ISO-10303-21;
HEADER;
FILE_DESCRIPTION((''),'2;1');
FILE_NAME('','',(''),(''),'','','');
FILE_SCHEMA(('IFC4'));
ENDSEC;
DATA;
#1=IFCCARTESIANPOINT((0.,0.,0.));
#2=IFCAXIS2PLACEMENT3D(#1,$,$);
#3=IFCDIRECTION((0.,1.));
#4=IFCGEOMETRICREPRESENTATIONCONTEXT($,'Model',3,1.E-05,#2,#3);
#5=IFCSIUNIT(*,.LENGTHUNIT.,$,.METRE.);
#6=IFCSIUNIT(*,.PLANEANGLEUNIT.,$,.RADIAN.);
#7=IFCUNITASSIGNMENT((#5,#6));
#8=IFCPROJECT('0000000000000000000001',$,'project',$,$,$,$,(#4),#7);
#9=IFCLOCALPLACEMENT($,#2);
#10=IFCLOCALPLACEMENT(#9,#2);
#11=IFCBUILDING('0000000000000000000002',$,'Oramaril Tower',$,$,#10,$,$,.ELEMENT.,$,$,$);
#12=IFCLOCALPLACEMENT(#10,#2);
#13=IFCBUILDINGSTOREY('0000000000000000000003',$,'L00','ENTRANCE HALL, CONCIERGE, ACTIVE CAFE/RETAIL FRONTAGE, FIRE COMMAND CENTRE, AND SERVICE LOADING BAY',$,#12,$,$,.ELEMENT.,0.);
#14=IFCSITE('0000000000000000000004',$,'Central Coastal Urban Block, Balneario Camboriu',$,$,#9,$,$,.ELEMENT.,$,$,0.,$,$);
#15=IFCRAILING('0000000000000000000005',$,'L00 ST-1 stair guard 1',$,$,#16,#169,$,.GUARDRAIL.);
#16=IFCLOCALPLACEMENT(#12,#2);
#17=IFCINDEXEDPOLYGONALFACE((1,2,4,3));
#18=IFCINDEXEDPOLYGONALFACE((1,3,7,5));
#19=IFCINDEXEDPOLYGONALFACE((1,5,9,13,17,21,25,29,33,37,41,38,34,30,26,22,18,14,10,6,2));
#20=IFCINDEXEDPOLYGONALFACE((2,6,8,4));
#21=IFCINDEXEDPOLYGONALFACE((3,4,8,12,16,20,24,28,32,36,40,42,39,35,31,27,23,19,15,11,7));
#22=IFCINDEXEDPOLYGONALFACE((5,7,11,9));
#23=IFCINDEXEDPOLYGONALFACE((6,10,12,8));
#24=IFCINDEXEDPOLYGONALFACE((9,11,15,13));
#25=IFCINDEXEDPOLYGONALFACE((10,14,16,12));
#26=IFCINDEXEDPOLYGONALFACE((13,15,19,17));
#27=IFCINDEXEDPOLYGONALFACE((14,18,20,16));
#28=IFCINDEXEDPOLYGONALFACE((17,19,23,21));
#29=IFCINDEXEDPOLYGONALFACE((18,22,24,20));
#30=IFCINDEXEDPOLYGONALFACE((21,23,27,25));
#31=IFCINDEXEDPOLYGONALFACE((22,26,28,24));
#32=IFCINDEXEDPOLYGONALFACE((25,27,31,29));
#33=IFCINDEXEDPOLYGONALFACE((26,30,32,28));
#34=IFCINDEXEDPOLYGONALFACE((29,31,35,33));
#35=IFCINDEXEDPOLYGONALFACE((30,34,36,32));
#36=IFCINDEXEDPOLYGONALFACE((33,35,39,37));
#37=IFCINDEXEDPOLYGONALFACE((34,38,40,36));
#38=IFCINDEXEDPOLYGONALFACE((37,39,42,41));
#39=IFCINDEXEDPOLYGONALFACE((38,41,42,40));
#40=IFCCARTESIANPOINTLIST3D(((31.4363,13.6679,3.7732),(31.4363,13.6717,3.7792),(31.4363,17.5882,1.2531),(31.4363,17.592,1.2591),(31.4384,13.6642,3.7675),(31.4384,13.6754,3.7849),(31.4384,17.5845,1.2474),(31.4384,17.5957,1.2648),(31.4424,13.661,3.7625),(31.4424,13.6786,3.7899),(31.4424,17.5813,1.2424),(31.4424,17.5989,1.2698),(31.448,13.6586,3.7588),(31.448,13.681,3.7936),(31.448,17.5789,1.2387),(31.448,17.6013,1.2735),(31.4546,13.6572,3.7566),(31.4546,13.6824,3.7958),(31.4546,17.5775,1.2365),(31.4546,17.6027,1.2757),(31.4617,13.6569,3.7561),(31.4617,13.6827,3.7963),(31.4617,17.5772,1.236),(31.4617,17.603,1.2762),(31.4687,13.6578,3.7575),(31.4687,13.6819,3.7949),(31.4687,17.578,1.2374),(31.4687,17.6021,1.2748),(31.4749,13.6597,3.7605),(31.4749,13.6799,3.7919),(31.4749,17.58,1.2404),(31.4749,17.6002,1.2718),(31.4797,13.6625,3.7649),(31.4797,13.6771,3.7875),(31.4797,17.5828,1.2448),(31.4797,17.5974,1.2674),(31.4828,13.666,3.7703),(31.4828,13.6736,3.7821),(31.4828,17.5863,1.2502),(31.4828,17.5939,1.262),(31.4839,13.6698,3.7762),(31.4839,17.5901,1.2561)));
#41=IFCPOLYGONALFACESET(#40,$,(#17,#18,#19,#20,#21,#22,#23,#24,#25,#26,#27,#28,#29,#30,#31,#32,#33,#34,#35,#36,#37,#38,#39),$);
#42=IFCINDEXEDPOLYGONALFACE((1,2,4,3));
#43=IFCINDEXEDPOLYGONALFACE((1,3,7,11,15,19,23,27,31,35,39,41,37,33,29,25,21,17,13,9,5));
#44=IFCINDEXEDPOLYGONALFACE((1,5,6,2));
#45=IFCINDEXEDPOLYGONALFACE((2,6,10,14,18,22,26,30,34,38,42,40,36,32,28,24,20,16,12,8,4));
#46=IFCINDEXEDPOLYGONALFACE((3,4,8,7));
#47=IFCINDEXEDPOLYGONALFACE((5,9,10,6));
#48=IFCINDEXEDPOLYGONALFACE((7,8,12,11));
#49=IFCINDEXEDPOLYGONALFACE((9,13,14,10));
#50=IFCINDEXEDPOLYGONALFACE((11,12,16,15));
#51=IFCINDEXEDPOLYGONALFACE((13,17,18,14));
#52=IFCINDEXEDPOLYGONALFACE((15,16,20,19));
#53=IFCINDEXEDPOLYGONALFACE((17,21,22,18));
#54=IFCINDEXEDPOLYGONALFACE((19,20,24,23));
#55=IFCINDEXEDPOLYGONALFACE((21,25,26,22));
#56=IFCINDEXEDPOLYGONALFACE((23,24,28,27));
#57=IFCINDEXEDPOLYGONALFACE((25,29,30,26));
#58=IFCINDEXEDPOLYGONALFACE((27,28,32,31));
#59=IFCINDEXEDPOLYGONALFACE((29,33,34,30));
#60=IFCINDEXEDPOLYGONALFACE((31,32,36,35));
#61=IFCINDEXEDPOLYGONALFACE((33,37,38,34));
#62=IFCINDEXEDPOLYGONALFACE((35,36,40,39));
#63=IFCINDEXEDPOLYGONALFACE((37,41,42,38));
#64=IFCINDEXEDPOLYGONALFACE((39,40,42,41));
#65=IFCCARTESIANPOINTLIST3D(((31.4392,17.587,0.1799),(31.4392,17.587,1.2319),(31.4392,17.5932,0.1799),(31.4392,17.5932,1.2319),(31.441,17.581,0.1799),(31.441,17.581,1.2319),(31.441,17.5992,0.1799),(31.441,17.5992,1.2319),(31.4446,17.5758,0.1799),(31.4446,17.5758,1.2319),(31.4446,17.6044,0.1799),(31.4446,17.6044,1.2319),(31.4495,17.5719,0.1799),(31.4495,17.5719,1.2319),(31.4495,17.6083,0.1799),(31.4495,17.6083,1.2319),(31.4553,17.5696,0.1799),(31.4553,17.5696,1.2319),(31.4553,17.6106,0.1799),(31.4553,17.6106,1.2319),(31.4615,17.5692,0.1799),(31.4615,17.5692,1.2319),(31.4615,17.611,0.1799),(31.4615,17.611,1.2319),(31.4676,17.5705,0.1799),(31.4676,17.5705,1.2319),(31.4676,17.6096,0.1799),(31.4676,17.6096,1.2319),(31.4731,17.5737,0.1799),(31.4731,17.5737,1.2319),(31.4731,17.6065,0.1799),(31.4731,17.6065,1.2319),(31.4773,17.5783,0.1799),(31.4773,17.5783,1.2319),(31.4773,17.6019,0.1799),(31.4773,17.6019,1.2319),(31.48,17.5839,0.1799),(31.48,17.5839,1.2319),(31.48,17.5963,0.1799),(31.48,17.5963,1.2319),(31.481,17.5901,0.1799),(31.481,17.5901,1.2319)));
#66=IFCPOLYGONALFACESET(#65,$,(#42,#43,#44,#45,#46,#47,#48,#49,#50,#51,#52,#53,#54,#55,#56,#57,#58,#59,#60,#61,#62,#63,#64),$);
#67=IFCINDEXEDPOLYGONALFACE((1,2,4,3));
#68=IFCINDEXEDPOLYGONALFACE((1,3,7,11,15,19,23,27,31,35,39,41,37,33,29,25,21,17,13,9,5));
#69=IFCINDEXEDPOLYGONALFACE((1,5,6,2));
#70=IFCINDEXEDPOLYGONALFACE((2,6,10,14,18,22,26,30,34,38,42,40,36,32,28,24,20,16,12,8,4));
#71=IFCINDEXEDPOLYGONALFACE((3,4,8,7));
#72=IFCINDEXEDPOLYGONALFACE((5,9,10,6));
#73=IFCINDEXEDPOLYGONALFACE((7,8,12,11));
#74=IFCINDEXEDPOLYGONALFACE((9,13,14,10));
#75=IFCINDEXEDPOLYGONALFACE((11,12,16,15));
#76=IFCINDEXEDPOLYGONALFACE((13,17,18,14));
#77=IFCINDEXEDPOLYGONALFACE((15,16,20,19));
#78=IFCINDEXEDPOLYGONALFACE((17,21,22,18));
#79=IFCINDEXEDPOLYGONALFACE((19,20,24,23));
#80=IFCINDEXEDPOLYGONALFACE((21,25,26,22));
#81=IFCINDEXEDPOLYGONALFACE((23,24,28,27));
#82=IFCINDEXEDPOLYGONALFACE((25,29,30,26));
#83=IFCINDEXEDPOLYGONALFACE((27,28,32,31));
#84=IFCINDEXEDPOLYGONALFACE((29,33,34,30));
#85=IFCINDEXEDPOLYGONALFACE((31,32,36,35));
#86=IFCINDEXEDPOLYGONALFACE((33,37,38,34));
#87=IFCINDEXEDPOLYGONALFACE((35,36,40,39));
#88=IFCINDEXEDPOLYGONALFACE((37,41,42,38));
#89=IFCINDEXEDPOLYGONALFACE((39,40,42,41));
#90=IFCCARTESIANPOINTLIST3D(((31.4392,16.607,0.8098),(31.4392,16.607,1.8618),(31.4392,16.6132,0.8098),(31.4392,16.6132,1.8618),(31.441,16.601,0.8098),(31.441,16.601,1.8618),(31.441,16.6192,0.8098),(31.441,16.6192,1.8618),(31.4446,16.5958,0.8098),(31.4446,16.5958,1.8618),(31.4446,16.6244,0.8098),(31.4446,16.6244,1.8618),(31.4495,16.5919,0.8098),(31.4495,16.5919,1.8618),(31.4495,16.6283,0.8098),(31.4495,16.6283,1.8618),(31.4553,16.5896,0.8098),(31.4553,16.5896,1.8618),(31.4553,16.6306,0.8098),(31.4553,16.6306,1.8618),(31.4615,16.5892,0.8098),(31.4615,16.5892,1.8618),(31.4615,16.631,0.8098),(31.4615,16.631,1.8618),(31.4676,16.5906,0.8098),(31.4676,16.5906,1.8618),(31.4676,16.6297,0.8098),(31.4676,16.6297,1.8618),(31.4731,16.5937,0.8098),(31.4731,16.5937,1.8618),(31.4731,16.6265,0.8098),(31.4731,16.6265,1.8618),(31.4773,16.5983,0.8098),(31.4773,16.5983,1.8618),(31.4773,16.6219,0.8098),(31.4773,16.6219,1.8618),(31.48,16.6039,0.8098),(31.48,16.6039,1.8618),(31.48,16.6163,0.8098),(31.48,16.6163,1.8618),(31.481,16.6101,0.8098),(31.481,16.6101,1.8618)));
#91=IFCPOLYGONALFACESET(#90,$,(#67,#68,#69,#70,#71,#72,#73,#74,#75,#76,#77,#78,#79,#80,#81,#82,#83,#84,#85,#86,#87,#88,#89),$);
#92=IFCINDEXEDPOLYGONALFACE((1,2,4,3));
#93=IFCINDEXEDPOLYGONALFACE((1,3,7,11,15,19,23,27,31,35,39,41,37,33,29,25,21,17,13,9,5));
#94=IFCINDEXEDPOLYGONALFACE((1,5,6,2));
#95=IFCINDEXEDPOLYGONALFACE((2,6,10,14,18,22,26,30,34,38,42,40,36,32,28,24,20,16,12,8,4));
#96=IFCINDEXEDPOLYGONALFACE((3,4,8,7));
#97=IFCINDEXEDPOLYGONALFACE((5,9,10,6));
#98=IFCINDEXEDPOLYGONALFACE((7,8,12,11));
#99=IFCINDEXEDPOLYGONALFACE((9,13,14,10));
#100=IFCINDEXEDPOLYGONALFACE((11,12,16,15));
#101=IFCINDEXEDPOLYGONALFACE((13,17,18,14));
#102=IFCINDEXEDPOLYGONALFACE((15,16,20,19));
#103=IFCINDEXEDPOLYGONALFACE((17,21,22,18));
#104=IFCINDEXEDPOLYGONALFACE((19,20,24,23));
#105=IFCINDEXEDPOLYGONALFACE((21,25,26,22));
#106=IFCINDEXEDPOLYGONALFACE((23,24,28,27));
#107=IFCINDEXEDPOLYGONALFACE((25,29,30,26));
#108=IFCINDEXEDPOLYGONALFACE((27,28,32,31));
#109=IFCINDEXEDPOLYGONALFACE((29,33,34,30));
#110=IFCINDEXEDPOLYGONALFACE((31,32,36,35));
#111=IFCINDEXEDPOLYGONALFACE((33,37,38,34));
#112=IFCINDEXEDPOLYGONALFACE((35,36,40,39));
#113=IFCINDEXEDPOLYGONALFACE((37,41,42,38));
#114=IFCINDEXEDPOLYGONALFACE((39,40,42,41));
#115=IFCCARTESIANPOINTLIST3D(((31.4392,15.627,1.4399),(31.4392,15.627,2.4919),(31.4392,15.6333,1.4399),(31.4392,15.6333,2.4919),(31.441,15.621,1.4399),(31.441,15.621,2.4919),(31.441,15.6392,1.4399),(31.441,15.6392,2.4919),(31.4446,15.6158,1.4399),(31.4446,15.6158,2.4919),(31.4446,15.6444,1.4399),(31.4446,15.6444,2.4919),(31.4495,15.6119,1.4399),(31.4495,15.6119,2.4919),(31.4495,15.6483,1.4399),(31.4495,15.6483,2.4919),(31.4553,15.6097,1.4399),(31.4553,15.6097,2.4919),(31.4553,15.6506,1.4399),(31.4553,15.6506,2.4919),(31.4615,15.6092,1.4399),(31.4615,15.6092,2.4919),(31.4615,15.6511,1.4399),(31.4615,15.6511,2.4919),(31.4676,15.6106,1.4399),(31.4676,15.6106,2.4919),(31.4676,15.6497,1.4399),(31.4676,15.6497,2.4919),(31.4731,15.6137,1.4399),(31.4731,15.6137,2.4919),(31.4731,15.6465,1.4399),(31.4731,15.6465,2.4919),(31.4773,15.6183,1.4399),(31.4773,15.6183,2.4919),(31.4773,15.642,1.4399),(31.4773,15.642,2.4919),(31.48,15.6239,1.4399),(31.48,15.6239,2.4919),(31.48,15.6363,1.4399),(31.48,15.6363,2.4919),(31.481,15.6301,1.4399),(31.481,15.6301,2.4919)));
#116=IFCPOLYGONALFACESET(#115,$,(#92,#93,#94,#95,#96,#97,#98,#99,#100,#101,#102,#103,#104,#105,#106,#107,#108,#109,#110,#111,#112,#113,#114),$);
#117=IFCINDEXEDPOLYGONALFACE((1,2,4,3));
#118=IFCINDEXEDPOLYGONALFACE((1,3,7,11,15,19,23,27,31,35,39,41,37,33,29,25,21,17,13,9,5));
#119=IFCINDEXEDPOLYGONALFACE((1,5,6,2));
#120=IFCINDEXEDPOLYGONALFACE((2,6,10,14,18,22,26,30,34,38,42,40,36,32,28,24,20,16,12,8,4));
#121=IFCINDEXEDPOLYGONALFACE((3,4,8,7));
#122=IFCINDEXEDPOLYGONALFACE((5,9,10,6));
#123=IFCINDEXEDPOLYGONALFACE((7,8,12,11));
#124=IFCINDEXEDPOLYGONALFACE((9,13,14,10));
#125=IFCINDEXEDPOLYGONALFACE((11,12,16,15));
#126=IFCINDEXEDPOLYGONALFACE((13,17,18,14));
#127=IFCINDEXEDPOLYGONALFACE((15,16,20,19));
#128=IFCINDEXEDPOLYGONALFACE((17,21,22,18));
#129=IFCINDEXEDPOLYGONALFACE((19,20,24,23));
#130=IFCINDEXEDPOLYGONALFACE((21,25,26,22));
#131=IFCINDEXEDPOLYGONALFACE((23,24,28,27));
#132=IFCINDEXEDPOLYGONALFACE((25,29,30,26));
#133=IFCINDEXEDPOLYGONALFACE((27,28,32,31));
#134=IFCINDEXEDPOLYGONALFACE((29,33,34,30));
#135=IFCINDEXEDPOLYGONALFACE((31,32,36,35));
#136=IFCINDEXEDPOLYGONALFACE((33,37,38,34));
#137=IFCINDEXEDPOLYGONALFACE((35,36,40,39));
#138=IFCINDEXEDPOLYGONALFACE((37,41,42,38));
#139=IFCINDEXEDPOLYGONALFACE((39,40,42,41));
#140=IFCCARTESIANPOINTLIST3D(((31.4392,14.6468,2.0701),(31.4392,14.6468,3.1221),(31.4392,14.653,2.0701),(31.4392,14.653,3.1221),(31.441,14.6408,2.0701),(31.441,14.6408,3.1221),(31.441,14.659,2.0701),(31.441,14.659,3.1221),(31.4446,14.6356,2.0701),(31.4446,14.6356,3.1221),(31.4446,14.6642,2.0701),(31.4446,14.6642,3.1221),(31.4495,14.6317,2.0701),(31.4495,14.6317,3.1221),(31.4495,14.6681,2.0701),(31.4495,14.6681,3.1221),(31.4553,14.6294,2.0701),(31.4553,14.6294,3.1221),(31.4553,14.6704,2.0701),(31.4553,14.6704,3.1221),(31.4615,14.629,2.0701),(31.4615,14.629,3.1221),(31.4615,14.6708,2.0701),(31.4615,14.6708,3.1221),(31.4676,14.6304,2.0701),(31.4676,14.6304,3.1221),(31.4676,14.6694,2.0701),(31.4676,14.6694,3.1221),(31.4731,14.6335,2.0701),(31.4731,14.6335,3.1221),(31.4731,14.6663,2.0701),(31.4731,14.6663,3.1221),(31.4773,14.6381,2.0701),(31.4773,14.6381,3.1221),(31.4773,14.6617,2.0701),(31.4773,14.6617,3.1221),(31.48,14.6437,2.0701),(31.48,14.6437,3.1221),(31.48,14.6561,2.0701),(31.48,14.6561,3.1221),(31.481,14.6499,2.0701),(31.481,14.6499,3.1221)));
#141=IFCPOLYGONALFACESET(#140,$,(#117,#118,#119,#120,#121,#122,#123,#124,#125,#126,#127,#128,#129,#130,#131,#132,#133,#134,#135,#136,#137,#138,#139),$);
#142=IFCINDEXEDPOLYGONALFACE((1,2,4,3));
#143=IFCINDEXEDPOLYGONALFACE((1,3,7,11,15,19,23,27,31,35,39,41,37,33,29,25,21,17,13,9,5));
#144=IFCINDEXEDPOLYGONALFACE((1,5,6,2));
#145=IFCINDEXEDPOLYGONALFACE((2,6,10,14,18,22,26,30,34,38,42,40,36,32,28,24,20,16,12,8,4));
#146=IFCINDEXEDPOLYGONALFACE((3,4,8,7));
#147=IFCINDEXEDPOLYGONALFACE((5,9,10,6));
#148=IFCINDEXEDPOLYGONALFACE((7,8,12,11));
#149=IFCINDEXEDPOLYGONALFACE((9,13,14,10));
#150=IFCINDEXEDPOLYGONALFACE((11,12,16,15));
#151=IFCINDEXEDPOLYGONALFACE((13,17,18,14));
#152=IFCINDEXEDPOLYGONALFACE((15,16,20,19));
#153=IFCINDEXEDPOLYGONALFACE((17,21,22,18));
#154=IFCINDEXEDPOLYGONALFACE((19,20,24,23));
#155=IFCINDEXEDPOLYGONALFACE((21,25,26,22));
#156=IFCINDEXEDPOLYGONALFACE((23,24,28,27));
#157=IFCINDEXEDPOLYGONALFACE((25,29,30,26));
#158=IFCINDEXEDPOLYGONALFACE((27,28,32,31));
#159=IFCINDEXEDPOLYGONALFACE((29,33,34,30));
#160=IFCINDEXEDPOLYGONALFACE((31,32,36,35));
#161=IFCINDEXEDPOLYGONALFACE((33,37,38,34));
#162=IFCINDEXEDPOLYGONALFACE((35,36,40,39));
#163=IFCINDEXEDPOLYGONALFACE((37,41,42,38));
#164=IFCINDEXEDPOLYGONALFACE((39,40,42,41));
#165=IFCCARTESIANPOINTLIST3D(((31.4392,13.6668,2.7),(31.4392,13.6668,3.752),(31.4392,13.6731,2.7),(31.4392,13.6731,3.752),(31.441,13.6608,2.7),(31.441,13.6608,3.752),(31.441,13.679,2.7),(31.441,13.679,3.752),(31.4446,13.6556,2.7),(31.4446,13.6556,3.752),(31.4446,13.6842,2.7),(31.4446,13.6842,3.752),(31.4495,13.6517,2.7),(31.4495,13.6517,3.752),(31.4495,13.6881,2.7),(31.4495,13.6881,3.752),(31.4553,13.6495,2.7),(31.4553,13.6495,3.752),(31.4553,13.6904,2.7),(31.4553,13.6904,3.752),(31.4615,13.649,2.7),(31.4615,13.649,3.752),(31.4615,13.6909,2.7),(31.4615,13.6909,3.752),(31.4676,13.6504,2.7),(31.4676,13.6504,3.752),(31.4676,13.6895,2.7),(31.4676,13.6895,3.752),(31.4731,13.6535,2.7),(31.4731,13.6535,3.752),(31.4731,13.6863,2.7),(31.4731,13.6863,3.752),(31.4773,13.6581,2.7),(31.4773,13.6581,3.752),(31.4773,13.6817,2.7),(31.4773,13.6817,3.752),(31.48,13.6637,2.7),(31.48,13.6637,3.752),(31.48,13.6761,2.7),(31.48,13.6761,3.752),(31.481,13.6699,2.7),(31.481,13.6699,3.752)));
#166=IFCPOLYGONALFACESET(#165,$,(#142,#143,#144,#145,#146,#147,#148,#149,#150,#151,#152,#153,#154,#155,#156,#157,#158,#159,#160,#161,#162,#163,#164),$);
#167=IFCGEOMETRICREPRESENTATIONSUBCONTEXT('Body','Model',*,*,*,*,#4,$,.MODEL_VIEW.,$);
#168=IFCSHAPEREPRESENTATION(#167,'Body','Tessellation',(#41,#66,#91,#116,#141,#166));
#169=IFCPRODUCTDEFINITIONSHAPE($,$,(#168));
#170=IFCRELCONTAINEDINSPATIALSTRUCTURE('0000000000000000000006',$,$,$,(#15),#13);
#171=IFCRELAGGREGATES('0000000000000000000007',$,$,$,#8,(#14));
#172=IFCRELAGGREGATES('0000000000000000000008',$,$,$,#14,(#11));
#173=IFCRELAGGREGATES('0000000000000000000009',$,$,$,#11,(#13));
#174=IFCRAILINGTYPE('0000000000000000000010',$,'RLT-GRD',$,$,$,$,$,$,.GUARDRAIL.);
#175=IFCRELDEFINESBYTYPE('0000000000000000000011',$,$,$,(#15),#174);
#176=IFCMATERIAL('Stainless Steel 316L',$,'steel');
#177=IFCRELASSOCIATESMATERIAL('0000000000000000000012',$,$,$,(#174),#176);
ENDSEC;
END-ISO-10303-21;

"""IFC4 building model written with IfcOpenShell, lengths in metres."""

from ifc_helpers import new_model, si_unit, direction, frame, origin, origin_2d, place, context, subcontext, project, spatial, circle, extrude, material, type_object, element, save


model = new_model("IFC4")

# Units and contexts
model_context = context("Model", 3, precision=1e-05, world=origin(), true_north=direction((0.0, 1.0)))
body_context = subcontext(model_context, "Body", "Model", "MODEL_VIEW")
ifc_project = project(units=[si_unit("LENGTHUNIT", "METRE"), si_unit("PLANEANGLEUNIT", "RADIAN")], contexts=[model_context])

# Site, building, storey
site_placement = place(None, origin())
site = spatial("IfcSite", under=ifc_project, at=site_placement, Name="Central Coastal Urban Block, Balneario Camboriu", CompositionType="ELEMENT", RefElevation=0.0)
building_placement = place(site_placement, origin())
building = spatial("IfcBuilding", under=site, at=building_placement, Name="Oramaril Tower", CompositionType="ELEMENT")
storey_placement = place(building_placement, origin())
storey = spatial("IfcBuildingStorey", under=building, at=storey_placement, Name="L00", Description="ENTRANCE HALL, CONCIERGE, ACTIVE CAFE/RETAIL FRONTAGE, FIRE COMMAND CENTRE, AND SERVICE LOADING BAY", CompositionType="ELEMENT", Elevation=0.0)

# Railing
ifc_material_1 = material(Name="Stainless Steel 316L", Category="steel")
railing_type_1 = type_object("IfcRailingType", Name="RLT-GRD", PredefinedType="GUARDRAIL", material=ifc_material_1)
railing_1_placement = place(storey_placement, frame((31.46, 17.5901, 0.1799)))
element("IfcRailing", 1, at=railing_1_placement, inside=storey, type_object=railing_type_1, Name="L00 ST-1 stair guard 1", PredefinedType="GUARDRAIL", context=body_context, shape_type="SweptSolid", body=[
    extrude(circle(Radius=0.0239, at=origin_2d()), frame((0.0, 0.0, 1.0762), z_axis=(0.0, -0.841187, 0.540744), x_axis=(1.0, 0.0, 0.0)), (0.0, 0.0, 1.0), 4.6604),
    extrude(circle(Radius=0.021, at=origin_2d()), origin(), (0.0, 0.0, 1.0), 1.052),
    extrude(circle(Radius=0.021, at=origin_2d()), frame((0.0, -0.98, 0.6299)), (0.0, 0.0, 1.0), 1.052),
    extrude(circle(Radius=0.021, at=origin_2d()), frame((0.0, -1.96, 1.26)), (0.0, 0.0, 1.0), 1.052),
    extrude(circle(Radius=0.021, at=origin_2d()), frame((0.0, -2.9402, 1.8901)), (0.0, 0.0, 1.0), 1.052),
    extrude(circle(Radius=0.021, at=origin_2d()), frame((0.0, -3.9202, 2.52)), (0.0, 0.0, 1.0), 1.052),
])

save(model, "model.ifc")
